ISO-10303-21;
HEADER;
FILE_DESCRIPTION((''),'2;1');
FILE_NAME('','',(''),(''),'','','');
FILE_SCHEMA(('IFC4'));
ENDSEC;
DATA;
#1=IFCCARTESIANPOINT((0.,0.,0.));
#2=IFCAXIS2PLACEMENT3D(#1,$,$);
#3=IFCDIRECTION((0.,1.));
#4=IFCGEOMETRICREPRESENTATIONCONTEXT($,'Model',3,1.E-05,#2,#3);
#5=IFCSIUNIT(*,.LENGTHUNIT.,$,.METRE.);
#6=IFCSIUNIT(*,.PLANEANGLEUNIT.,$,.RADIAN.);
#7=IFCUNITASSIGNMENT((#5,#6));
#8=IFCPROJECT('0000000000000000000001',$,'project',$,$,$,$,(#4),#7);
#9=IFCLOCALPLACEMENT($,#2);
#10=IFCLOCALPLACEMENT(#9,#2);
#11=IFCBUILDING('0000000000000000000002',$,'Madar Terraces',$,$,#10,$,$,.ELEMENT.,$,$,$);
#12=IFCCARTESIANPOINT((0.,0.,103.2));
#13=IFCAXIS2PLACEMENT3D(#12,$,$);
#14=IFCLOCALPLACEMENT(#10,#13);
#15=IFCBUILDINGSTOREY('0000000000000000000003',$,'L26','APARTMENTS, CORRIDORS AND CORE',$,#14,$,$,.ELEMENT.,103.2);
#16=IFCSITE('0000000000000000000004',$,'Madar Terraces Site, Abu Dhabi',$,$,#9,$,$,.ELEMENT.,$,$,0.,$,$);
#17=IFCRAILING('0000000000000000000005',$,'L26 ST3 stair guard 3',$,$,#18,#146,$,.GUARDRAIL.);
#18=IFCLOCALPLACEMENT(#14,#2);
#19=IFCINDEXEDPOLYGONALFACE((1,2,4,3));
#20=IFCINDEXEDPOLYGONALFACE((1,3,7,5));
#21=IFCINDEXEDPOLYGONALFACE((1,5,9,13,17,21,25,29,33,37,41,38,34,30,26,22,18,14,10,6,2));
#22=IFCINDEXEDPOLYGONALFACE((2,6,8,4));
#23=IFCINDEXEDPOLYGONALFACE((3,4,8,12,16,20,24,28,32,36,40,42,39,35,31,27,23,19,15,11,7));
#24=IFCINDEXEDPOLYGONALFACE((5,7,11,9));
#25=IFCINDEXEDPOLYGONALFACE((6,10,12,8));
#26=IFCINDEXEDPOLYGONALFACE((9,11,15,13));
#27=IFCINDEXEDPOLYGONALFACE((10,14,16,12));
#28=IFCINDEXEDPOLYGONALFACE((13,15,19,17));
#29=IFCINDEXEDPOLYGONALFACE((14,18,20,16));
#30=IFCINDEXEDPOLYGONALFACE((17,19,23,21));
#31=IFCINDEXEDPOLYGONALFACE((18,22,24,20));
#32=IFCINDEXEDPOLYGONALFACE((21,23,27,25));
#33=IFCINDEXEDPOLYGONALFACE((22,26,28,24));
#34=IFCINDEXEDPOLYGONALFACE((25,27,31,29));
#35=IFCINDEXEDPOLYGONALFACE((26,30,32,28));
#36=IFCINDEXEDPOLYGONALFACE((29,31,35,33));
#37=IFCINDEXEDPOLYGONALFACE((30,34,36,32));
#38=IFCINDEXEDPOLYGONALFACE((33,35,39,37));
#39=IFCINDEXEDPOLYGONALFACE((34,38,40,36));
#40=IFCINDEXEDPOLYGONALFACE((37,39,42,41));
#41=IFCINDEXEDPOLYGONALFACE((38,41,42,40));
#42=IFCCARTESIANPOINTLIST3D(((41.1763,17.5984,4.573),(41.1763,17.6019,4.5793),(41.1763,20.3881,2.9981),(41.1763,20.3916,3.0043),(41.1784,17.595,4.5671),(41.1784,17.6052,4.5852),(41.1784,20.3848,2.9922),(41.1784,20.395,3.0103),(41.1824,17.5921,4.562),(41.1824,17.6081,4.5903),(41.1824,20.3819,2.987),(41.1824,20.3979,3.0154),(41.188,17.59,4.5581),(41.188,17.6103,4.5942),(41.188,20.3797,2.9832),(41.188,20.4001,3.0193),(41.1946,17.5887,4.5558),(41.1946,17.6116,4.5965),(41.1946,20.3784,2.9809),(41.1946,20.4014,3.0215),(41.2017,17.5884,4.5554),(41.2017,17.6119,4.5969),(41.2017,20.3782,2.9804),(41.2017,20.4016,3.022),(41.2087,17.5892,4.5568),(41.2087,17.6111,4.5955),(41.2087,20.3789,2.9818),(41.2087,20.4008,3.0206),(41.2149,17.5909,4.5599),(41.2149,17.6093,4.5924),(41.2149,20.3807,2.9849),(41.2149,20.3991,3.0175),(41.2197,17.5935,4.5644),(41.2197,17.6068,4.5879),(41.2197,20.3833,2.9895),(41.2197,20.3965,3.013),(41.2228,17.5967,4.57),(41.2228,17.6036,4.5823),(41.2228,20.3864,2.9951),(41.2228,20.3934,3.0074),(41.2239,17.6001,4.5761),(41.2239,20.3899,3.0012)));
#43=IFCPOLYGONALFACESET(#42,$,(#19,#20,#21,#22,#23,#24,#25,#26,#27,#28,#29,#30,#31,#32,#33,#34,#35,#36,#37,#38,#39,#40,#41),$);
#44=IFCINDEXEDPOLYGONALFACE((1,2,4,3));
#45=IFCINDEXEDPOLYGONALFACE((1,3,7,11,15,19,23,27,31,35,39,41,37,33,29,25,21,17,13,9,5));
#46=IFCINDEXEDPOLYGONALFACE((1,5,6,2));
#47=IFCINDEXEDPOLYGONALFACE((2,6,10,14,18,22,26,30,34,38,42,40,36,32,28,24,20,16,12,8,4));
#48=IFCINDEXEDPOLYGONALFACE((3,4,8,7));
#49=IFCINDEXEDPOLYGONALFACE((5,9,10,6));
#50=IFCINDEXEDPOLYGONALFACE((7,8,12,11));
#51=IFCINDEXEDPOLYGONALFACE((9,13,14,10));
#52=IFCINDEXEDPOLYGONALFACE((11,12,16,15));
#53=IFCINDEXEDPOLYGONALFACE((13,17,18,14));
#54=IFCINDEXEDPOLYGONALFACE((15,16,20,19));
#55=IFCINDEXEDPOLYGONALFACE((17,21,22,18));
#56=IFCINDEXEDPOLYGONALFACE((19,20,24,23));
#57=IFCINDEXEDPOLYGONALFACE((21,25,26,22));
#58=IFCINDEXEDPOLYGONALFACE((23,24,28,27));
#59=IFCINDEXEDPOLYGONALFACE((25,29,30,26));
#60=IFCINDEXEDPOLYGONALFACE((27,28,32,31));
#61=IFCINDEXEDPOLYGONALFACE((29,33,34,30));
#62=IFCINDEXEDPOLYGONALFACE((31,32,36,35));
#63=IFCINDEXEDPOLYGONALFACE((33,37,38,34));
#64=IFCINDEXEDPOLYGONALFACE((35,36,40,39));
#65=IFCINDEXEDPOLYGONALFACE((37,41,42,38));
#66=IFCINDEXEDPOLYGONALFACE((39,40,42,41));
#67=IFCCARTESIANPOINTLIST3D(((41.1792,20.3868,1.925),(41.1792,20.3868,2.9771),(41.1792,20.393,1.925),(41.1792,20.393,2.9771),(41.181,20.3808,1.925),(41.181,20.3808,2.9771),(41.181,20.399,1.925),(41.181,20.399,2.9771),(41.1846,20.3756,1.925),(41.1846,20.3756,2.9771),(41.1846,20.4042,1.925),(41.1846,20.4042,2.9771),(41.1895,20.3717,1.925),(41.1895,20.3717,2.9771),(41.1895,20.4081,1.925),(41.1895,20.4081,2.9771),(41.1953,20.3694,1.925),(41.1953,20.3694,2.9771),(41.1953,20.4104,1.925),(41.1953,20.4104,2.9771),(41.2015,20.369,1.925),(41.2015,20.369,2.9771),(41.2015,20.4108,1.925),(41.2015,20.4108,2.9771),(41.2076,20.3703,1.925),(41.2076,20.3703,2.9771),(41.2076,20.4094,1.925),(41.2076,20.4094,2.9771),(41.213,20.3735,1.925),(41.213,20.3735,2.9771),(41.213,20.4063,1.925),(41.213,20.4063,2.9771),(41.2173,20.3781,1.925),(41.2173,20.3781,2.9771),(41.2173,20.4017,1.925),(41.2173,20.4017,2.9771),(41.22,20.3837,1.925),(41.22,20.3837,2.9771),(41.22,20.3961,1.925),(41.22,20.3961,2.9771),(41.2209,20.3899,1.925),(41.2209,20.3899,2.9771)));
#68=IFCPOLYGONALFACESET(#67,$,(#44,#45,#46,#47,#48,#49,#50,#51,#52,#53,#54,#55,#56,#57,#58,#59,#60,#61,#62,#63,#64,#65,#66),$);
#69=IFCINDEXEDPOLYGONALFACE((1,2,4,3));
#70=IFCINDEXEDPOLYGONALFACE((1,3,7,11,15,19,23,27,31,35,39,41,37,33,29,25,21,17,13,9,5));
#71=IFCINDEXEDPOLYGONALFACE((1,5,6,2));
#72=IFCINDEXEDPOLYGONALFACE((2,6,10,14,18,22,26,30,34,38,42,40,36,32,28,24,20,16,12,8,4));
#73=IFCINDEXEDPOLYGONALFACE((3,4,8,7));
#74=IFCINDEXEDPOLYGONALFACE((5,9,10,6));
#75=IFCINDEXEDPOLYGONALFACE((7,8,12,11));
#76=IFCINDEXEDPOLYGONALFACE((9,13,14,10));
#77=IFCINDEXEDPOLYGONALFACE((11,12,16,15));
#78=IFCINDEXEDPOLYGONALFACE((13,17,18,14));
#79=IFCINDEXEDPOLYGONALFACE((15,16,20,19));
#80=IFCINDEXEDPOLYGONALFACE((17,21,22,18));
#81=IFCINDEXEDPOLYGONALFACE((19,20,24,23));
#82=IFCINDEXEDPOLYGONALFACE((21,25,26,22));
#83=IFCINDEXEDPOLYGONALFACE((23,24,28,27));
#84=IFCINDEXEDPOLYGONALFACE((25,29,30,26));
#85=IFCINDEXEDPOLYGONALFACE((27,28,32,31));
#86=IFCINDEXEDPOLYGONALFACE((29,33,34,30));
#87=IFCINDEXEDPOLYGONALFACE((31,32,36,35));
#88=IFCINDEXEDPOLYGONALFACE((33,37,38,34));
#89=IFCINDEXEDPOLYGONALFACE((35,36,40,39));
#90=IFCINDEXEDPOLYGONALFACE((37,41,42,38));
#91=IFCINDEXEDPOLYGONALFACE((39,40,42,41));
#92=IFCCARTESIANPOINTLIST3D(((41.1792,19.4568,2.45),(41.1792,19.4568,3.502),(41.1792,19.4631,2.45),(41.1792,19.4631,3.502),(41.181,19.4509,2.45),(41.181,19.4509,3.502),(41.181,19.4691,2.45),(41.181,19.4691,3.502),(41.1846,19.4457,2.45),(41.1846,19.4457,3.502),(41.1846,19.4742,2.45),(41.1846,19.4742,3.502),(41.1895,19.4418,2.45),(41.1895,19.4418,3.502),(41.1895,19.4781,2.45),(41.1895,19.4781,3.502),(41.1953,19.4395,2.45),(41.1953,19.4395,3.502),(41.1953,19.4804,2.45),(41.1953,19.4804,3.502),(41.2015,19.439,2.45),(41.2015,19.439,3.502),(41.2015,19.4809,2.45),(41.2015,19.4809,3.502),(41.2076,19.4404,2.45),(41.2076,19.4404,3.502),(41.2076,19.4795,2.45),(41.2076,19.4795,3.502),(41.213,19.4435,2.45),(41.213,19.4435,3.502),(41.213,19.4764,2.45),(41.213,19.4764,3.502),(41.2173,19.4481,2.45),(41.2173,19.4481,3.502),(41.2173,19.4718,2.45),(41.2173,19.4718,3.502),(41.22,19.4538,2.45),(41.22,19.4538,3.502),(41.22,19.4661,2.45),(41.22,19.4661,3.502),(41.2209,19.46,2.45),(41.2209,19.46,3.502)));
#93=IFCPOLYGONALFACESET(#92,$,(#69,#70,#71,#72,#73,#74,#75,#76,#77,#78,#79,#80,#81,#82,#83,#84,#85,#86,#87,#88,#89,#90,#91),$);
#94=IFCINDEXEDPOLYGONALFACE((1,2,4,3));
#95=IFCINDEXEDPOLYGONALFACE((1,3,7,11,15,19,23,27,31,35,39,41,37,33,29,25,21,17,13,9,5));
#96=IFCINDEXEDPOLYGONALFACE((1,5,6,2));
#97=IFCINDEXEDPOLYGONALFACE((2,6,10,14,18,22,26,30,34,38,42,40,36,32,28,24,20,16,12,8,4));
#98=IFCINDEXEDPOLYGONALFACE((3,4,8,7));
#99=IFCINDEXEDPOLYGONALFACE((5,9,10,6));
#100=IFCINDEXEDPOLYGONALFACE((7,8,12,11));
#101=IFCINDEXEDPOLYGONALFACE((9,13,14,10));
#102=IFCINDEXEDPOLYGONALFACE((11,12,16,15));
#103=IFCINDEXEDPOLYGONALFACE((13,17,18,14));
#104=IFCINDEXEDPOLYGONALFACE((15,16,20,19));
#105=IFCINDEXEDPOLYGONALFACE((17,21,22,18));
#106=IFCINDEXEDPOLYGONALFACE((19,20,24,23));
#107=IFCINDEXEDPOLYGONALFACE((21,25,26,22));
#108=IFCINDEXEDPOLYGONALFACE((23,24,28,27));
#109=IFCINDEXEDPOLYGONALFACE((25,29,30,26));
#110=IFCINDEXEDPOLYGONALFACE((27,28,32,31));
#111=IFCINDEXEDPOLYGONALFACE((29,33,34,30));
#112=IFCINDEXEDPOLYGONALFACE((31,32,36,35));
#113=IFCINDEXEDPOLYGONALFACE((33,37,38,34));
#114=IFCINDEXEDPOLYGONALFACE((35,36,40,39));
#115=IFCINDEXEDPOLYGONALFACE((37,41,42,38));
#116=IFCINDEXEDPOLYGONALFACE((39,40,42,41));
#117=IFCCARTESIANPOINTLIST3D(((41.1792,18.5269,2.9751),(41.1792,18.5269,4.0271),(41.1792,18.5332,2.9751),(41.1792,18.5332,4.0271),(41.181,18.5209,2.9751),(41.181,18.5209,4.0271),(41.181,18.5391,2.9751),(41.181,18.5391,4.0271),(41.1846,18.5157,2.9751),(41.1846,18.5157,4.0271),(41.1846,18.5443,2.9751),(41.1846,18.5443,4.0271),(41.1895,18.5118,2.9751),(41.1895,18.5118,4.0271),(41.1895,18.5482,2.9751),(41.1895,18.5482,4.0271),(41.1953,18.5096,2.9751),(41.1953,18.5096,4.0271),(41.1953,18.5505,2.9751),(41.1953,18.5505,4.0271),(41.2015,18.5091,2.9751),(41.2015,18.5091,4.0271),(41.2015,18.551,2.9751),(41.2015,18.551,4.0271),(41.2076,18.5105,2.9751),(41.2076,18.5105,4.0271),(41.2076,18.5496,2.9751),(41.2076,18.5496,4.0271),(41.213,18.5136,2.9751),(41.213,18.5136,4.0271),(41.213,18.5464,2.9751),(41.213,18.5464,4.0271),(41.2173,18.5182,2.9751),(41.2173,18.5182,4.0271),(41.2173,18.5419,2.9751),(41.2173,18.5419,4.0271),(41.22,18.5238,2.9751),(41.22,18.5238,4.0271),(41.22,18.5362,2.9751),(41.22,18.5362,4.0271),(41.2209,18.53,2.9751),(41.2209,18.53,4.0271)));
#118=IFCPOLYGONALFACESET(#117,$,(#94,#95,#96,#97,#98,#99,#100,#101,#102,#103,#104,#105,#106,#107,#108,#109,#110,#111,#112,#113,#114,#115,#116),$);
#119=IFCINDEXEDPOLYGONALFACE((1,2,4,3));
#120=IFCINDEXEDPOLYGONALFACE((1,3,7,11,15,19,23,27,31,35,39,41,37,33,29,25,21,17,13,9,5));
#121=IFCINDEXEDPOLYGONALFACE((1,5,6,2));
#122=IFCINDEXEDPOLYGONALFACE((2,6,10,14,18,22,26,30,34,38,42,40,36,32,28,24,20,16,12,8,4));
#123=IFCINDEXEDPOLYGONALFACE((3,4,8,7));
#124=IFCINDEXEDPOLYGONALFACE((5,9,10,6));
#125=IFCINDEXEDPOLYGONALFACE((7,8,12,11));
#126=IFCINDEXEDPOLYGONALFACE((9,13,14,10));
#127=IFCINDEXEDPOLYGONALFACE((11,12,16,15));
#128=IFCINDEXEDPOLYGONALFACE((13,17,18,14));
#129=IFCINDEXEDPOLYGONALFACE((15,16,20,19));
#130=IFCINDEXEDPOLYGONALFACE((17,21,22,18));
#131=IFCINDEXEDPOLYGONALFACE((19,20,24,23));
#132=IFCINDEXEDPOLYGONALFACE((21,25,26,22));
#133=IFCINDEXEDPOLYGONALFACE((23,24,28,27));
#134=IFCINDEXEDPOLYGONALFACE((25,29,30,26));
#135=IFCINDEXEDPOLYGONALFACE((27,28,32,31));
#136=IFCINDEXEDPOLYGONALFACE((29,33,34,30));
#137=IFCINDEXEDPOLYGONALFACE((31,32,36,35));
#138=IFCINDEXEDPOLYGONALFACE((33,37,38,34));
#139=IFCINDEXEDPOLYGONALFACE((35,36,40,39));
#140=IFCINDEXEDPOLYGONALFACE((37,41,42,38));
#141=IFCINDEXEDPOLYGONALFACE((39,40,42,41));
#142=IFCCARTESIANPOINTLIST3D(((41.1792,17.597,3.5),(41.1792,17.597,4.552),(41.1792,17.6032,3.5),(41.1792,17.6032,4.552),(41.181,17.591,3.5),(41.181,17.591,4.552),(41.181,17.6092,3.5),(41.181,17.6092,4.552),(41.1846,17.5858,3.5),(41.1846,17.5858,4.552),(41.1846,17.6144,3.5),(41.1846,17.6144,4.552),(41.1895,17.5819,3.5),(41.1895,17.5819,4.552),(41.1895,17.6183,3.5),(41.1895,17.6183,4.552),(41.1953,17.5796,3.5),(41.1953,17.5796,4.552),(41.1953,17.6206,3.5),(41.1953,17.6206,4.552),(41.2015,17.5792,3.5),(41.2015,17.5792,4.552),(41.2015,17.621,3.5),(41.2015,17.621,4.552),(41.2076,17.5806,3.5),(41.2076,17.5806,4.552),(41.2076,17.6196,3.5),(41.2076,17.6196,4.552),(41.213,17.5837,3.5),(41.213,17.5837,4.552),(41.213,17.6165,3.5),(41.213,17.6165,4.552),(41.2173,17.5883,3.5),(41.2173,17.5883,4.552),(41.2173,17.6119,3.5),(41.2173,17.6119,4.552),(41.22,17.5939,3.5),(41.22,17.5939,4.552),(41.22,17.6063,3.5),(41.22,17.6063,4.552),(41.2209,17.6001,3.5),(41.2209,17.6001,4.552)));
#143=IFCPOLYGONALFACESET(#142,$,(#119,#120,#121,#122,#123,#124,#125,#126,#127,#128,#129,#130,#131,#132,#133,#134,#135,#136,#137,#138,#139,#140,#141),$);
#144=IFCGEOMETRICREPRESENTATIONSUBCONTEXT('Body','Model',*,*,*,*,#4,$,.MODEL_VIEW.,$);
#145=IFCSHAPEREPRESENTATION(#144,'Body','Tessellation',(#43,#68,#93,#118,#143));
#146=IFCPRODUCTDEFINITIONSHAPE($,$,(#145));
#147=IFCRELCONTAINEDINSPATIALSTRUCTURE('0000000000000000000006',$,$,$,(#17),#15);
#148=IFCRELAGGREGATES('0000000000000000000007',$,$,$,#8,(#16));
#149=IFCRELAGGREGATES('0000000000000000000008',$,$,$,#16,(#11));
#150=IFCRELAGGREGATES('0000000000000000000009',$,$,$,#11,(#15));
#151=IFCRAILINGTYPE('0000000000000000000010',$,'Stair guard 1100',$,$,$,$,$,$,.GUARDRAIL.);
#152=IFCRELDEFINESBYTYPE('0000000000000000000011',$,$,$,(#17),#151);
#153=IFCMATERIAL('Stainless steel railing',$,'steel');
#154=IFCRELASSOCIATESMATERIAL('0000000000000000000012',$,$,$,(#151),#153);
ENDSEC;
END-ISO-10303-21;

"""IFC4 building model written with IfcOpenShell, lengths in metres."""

from ifc_helpers import new_model, si_unit, direction, frame, origin, origin_2d, place, context, subcontext, project, spatial, circle, extrude, material, type_object, element, save


model = new_model("IFC4")

# Units and contexts
model_context = context("Model", 3, precision=1e-05, world=origin(), true_north=direction((0.0, 1.0)))
body_context = subcontext(model_context, "Body", "Model", "MODEL_VIEW")
ifc_project = project(units=[si_unit("LENGTHUNIT", "METRE"), si_unit("PLANEANGLEUNIT", "RADIAN")], contexts=[model_context])

# Site, building, storey
site_placement = place(None, origin())
site = spatial("IfcSite", under=ifc_project, at=site_placement, Name="Madar Terraces Site, Abu Dhabi", CompositionType="ELEMENT", RefElevation=0.0)
building_placement = place(site_placement, origin())
building = spatial("IfcBuilding", under=site, at=building_placement, Name="Madar Terraces", CompositionType="ELEMENT")
storey_placement = place(building_placement, frame((0.0, 0.0, 103.2)))
storey = spatial("IfcBuildingStorey", under=building, at=storey_placement, Name="L26", Description="APARTMENTS, CORRIDORS AND CORE", CompositionType="ELEMENT", Elevation=103.2)

# Railing
ifc_material_1 = material(Name="Stainless steel railing", Category="steel")
railing_type_1 = type_object("IfcRailingType", Name="Stair guard 1100", PredefinedType="GUARDRAIL", material=ifc_material_1)
railing_1_placement = place(storey_placement, frame((41.2, 20.3899, 1.925)))
element("IfcRailing", 1, at=railing_1_placement, inside=storey, type_object=railing_type_1, Name="L26 ST3 stair guard 3", PredefinedType="GUARDRAIL", context=body_context, shape_type="SweptSolid", body=[
    extrude(circle(Radius=0.0239, at=origin_2d()), frame((0.0, 0.0, 1.0762), z_axis=(0.0, -0.870815, 0.49161), x_axis=(1.0, 0.0, 0.0)), (0.0, 0.0, 1.0), 3.2036),
    extrude(circle(Radius=0.021, at=origin_2d()), origin(), (0.0, 0.0, 1.0), 1.052),
    extrude(circle(Radius=0.021, at=origin_2d()), frame((0.0, -0.9299, 0.5249)), (0.0, 0.0, 1.0), 1.052),
    extrude(circle(Radius=0.021, at=origin_2d()), frame((0.0, -1.8599, 1.05)), (0.0, 0.0, 1.0), 1.052),
    extrude(circle(Radius=0.021, at=origin_2d()), frame((0.0, -2.7898, 1.575)), (0.0, 0.0, 1.0), 1.052),
])

save(model, "model.ifc")
